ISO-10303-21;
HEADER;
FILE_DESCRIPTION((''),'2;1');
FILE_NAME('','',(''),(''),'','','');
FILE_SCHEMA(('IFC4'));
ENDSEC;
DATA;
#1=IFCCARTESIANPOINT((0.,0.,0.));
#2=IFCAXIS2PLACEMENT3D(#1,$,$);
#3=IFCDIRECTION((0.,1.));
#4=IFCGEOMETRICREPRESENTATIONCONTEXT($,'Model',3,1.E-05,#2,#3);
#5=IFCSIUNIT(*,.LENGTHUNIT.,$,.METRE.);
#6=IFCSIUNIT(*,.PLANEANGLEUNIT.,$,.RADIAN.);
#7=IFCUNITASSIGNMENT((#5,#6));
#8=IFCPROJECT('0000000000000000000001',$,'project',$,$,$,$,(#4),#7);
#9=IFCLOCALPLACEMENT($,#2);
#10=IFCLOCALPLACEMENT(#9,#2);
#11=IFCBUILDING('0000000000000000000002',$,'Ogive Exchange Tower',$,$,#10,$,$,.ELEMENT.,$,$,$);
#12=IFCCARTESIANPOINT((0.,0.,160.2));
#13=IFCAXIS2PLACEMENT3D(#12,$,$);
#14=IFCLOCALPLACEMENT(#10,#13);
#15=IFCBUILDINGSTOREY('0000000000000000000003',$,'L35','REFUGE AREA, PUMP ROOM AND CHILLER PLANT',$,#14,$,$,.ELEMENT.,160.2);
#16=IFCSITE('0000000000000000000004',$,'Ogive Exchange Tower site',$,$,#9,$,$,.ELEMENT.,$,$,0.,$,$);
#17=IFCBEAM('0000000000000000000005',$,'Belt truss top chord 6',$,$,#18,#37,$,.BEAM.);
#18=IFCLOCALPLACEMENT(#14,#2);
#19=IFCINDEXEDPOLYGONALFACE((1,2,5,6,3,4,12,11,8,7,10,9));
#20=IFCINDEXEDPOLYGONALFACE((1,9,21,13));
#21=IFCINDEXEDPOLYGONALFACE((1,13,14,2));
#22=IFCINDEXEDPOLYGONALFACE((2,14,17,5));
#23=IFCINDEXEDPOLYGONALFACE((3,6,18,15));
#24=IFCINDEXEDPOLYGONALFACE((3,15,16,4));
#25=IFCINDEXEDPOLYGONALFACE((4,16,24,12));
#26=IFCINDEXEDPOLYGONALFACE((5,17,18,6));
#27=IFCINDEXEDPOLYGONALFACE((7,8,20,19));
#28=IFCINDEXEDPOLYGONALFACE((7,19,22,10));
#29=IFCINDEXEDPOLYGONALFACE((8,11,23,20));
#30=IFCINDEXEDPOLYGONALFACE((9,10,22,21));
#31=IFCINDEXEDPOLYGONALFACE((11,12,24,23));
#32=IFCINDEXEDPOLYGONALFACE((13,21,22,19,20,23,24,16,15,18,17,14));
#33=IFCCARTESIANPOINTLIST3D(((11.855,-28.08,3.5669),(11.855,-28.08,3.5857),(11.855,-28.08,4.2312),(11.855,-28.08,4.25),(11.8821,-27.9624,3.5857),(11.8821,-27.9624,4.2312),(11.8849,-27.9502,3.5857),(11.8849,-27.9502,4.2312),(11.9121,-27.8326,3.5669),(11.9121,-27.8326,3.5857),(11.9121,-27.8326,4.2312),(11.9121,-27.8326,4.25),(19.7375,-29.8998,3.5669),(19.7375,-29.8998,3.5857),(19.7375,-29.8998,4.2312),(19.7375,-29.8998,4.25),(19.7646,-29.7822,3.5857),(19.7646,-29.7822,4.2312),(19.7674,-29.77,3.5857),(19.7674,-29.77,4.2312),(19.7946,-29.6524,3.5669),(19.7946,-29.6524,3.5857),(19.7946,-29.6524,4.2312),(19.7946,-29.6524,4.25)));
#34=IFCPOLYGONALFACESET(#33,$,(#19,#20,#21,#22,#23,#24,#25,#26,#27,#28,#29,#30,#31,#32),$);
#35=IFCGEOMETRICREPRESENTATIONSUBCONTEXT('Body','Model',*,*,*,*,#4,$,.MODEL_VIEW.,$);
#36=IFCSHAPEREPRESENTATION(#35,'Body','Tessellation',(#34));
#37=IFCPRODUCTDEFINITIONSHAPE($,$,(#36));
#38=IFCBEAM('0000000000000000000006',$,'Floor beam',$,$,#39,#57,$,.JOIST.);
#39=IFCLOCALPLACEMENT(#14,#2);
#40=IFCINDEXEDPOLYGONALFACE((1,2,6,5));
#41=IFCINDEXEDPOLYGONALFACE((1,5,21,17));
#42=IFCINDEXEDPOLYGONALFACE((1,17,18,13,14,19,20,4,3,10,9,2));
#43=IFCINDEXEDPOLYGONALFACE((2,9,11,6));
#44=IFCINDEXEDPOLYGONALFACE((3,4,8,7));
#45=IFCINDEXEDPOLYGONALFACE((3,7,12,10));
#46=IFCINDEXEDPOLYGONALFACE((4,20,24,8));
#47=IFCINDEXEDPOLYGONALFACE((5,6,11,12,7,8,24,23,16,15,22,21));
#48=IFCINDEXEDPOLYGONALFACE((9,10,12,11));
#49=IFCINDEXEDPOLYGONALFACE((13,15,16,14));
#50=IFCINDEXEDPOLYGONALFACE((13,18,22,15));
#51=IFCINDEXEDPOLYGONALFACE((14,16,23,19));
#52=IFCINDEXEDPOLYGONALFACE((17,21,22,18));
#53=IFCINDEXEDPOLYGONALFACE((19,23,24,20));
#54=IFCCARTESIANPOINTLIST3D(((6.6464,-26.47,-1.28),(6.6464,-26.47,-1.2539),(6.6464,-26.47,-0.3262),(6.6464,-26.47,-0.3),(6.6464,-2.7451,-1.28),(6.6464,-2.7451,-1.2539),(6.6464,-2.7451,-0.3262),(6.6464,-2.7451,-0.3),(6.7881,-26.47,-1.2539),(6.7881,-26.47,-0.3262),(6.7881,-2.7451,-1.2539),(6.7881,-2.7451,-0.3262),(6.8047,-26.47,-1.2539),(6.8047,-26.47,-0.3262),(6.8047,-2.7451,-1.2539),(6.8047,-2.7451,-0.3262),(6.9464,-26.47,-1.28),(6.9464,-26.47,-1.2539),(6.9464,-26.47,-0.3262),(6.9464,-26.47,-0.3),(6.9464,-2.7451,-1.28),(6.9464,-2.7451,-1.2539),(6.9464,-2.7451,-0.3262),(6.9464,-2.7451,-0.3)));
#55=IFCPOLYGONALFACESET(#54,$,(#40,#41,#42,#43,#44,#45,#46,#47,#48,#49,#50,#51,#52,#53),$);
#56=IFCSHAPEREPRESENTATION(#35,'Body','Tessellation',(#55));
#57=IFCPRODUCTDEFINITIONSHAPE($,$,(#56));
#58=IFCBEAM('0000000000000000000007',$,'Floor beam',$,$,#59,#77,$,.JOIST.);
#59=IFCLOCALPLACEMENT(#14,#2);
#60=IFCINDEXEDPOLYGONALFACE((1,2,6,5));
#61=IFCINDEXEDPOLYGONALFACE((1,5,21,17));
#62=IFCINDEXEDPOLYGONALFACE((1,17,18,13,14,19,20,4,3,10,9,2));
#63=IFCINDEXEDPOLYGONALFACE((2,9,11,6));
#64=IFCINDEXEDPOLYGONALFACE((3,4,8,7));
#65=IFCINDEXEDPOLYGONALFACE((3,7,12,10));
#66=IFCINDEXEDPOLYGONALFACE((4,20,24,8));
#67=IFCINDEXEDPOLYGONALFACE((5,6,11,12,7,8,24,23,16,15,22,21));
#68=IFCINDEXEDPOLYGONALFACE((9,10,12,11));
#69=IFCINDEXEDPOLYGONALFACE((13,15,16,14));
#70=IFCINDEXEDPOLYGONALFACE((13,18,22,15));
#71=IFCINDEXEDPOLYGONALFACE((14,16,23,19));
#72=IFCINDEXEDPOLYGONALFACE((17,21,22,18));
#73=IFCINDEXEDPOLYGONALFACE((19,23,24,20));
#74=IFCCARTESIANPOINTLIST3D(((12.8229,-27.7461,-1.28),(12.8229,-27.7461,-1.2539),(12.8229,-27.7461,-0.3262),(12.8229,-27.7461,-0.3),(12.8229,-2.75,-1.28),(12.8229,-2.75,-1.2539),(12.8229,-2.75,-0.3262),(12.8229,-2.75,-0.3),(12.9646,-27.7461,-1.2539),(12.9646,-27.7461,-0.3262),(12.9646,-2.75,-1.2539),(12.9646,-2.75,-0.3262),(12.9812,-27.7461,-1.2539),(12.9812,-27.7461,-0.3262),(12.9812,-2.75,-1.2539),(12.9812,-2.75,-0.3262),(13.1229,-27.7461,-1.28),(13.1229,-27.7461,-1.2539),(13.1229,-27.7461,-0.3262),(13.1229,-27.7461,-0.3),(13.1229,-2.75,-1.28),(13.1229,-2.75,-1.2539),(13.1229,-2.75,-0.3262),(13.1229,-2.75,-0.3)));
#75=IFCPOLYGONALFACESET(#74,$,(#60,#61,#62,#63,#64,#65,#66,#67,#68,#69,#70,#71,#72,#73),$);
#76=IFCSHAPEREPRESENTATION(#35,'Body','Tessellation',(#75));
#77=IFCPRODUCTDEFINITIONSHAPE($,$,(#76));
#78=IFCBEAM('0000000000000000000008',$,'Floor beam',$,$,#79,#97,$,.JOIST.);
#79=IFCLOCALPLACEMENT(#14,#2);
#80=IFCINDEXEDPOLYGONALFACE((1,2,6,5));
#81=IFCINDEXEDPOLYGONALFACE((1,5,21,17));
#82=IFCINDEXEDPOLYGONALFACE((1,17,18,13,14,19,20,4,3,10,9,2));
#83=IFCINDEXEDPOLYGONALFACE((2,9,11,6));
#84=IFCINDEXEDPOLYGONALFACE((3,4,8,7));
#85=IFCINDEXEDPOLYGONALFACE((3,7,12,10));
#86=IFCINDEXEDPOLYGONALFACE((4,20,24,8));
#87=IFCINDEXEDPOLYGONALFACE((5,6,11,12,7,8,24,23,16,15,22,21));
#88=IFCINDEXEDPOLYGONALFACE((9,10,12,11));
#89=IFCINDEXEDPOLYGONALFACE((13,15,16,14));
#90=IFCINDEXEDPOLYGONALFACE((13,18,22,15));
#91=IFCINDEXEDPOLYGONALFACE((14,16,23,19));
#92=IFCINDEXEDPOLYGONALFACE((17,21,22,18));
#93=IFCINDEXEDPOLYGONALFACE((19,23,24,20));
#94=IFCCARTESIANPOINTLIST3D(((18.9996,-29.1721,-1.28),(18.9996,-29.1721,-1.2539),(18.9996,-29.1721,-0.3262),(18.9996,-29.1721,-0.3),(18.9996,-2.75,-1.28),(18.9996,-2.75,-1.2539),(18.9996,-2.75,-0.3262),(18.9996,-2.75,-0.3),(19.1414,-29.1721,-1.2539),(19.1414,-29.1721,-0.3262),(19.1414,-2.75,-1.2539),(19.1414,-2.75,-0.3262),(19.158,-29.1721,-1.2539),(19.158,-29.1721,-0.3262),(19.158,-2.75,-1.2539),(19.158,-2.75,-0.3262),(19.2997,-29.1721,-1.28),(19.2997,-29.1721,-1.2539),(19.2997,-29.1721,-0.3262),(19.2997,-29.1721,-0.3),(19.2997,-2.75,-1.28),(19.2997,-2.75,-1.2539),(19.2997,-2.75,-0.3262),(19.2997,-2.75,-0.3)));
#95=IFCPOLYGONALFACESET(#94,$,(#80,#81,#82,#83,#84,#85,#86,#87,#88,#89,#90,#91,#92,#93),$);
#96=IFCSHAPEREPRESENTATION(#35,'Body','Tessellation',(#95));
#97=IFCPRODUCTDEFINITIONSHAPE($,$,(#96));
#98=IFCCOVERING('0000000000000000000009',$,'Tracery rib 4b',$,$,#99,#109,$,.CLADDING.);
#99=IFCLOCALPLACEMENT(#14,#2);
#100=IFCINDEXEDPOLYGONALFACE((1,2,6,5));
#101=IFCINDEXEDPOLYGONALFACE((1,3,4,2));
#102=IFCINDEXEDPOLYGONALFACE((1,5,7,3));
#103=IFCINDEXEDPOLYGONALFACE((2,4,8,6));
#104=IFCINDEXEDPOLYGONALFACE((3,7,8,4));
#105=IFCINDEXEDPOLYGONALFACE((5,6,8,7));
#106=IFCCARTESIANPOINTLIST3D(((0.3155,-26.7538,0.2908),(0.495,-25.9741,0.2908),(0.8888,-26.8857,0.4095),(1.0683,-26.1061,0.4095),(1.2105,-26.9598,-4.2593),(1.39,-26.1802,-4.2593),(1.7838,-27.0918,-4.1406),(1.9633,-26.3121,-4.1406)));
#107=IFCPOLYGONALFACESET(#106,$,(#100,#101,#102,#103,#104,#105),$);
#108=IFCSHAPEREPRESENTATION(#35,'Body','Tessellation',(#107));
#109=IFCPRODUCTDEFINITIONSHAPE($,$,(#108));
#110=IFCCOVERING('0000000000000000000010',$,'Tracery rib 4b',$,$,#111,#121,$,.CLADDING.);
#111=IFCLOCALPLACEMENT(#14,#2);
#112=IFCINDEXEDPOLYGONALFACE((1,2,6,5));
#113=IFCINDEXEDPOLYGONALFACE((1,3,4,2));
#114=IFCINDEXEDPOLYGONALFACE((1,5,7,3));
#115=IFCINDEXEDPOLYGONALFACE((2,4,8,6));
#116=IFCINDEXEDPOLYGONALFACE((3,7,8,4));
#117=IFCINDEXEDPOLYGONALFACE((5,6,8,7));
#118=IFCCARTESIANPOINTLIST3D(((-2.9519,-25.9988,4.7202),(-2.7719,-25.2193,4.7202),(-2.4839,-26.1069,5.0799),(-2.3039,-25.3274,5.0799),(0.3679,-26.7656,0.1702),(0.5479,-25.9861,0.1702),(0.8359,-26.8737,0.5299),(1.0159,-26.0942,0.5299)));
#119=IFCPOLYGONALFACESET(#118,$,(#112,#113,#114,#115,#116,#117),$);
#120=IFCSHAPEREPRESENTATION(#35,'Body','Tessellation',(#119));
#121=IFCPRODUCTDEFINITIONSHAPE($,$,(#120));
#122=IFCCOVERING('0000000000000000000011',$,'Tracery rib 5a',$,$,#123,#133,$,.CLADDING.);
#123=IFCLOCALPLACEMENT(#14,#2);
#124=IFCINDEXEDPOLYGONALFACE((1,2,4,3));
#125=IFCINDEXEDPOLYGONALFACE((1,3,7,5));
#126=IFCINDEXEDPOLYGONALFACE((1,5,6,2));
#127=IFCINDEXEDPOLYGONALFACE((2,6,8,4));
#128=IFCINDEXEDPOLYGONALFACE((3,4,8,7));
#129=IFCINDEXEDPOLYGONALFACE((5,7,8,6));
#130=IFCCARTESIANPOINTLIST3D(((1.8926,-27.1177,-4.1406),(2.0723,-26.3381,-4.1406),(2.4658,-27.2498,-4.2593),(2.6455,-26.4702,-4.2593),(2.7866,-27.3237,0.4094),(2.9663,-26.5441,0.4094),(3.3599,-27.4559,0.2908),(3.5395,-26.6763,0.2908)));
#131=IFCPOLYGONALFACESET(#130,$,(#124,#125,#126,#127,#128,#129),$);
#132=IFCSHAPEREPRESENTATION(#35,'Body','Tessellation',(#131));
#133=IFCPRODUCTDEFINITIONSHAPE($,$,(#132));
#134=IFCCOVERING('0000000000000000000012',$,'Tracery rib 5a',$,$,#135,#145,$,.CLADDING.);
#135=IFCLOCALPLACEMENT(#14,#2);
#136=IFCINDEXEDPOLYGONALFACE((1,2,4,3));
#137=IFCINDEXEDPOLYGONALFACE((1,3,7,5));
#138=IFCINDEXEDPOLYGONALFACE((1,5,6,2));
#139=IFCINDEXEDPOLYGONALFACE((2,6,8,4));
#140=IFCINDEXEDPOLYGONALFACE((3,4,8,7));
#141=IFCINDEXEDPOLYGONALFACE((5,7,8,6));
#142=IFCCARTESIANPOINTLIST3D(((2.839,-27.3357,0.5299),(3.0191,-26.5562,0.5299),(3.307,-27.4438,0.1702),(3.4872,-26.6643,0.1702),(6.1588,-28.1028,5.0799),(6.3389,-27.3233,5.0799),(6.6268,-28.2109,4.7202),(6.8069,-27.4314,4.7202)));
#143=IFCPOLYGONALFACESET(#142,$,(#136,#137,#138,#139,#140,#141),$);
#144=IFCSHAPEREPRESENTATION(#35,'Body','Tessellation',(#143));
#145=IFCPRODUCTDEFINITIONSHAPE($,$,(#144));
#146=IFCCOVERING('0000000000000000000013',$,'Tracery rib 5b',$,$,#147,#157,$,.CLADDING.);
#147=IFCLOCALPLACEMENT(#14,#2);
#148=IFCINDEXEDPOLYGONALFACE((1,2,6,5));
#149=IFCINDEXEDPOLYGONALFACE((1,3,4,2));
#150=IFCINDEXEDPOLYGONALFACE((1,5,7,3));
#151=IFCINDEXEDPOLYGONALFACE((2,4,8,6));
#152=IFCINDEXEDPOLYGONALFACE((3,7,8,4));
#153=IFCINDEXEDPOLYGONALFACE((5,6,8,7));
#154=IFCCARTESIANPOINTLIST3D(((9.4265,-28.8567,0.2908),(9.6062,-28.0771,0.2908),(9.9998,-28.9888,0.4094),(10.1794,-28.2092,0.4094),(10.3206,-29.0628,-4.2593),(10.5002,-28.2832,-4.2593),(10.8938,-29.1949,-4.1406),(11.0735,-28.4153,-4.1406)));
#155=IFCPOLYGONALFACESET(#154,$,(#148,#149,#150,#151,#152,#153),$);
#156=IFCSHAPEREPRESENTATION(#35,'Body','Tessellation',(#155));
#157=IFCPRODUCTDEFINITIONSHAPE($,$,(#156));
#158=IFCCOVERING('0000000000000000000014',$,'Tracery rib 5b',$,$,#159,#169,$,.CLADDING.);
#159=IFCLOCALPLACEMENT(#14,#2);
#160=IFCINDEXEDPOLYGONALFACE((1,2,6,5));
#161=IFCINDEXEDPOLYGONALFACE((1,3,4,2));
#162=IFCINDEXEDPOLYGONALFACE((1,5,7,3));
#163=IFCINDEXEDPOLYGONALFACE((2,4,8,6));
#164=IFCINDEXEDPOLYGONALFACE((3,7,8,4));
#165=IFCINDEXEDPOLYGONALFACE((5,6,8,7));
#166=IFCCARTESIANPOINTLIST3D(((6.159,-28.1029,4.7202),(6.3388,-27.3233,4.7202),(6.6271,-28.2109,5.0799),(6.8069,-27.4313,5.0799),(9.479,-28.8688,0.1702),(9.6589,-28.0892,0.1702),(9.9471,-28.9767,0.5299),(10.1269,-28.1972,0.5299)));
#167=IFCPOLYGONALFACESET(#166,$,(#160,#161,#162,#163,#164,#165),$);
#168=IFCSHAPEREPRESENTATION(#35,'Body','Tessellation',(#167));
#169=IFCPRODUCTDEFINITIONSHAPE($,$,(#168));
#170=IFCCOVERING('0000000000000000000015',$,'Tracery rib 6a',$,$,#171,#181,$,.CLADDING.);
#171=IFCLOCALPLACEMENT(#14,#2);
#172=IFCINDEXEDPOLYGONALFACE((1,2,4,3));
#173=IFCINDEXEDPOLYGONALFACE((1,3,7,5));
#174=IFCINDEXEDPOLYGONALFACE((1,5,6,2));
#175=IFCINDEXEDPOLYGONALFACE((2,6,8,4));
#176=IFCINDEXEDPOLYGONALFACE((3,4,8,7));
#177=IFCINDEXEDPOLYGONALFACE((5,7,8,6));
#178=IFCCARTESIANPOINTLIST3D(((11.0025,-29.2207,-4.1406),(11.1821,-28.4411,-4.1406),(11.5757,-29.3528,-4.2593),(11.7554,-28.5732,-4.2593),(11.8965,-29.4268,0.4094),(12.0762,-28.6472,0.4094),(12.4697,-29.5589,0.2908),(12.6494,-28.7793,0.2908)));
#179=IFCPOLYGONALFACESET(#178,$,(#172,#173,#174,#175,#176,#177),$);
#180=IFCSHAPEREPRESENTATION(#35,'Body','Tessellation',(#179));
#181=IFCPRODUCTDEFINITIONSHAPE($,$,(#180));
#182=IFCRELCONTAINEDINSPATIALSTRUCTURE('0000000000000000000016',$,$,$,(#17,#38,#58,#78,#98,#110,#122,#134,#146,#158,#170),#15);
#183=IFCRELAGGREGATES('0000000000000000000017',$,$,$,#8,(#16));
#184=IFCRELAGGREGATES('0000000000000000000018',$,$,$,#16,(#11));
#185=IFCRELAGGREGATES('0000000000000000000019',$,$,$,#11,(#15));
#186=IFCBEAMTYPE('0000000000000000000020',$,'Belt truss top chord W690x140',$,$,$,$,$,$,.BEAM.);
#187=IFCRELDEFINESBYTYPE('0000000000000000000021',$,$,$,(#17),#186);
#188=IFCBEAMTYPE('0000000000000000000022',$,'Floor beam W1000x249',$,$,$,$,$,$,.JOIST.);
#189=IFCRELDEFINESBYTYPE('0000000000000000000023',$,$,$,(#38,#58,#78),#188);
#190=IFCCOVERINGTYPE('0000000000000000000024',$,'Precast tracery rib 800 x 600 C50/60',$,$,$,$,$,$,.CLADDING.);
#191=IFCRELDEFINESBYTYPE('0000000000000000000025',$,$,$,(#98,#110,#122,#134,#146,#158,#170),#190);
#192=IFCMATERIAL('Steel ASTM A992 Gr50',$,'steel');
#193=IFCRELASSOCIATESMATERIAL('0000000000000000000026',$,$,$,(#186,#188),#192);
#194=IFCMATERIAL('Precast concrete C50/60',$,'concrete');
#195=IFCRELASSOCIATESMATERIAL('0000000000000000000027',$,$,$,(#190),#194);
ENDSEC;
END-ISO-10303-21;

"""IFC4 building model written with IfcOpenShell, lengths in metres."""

from ifc_helpers import new_model, si_unit, direction, frame, origin, origin_2d, place, context, subcontext, project, spatial, rectangle, i_section, extrude, material, material_profile, profile_set, type_object, element, save


model = new_model("IFC4")

# Units and contexts
model_context = context("Model", 3, precision=1e-05, world=origin(), true_north=direction((0.0, 1.0)))
body_context = subcontext(model_context, "Body", "Model", "MODEL_VIEW")
ifc_project = project(units=[si_unit("LENGTHUNIT", "METRE"), si_unit("PLANEANGLEUNIT", "RADIAN")], contexts=[model_context])

# Site, building, storey
site_placement = place(None, origin())
site = spatial("IfcSite", under=ifc_project, at=site_placement, Name="Ogive Exchange Tower site", CompositionType="ELEMENT", RefElevation=0.0)
building_placement = place(site_placement, origin())
building = spatial("IfcBuilding", under=site, at=building_placement, Name="Ogive Exchange Tower", CompositionType="ELEMENT")
storey_placement = place(building_placement, frame((0.0, 0.0, 160.2)))
storey = spatial("IfcBuildingStorey", under=building, at=storey_placement, Name="L35", Description="REFUGE AREA, PUMP ROOM AND CHILLER PLANT", CompositionType="ELEMENT", Elevation=160.2)

# Shared definitions
ifc_material_1 = material(Name="Steel ASTM A992 Gr50", Category="steel")

# Beams
ifc_material_profile_1 = material_profile(ifc_material_1, i_section(OverallWidth=0.2539, OverallDepth=0.6831, WebThickness=0.0125, FlangeThickness=0.0188, at=origin_2d()), Name="W690x140")
ifc_profile_set_1 = profile_set([ifc_material_profile_1], Name="Steel ASTM A992 Gr50")
beam_type_1 = type_object("IfcBeamType", Name="Belt truss top chord W690x140", PredefinedType="BEAM", material=ifc_profile_set_1)
beam_1_placement = place(storey_placement, frame((11.8835, -27.9563, 3.9084), z_axis=(0.97437, -0.22495, 0.0), x_axis=(0.22495, 0.97437, 0.0)))
element("IfcBeam", 1, at=beam_1_placement, inside=storey, type_object=beam_type_1, Name="Belt truss top chord 6", PredefinedType="BEAM", context=body_context, shape_type="SweptSolid", body=[
    extrude(i_section(OverallWidth=0.2539, OverallDepth=0.6831, WebThickness=0.0125, FlangeThickness=0.0188, at=origin_2d()), origin(), (0.0, 0.0, 1.0), 8.0898),
])
ifc_material_profile_2 = material_profile(ifc_material_1, i_section(OverallWidth=0.3, OverallDepth=0.98, WebThickness=0.0166, FlangeThickness=0.0261, at=origin_2d()), Name="W1000x249")
ifc_profile_set_2 = profile_set([ifc_material_profile_2], Name="Steel ASTM A992 Gr50")
beam_type_2 = type_object("IfcBeamType", Name="Floor beam W1000x249", PredefinedType="JOIST", material=ifc_profile_set_2)
beam_2_placement = place(storey_placement, frame((6.7964, -26.47, -0.79), z_axis=(0.0, 1.0, 0.0), x_axis=(-1.0, 0.0, 0.0)))
element("IfcBeam", 2, at=beam_2_placement, inside=storey, type_object=beam_type_2, Name="Floor beam", PredefinedType="JOIST", context=body_context, shape_type="SweptSolid", body=[
    extrude(i_section(OverallWidth=0.3, OverallDepth=0.98, WebThickness=0.0166, FlangeThickness=0.0261, at=origin_2d()), origin(), (0.0, 0.0, 1.0), 23.7249),
])
beam_3_placement = place(storey_placement, frame((12.9729, -27.7461, -0.79), z_axis=(0.0, 1.0, 0.0), x_axis=(-1.0, 0.0, 0.0)))
element("IfcBeam", 3, at=beam_3_placement, inside=storey, type_object=beam_type_2, Name="Floor beam", PredefinedType="JOIST", context=body_context, shape_type="SweptSolid", body=[
    extrude(i_section(OverallWidth=0.3, OverallDepth=0.98, WebThickness=0.0166, FlangeThickness=0.0261, at=origin_2d()), origin(), (0.0, 0.0, 1.0), 24.9961),
])
beam_4_placement = place(storey_placement, frame((19.1497, -29.1721, -0.79), z_axis=(0.0, 1.0, 0.0), x_axis=(-1.0, 0.0, 0.0)))
element("IfcBeam", 4, at=beam_4_placement, inside=storey, type_object=beam_type_2, Name="Floor beam", PredefinedType="JOIST", context=body_context, shape_type="SweptSolid", body=[
    extrude(i_section(OverallWidth=0.3, OverallDepth=0.98, WebThickness=0.0166, FlangeThickness=0.0261, at=origin_2d()), origin(), (0.0, 0.0, 1.0), 26.4221),
])

# Coverings
ifc_material_2 = material(Name="Precast concrete C50/60", Category="concrete")
ifc_material_profile_3 = material_profile(ifc_material_2, rectangle(XDim=0.8, YDim=0.6001, at=origin_2d()), Name="RIB 800 x 600")
ifc_profile_set_3 = profile_set([ifc_material_profile_3], Name="Precast concrete C50/60")
covering_type = type_object("IfcCoveringType", Name="Precast tracery rib 800 x 600 C50/60", PredefinedType="CLADDING", material=ifc_profile_set_3)
covering_1_placement = place(storey_placement, frame((1.5869, -26.636, -4.2), z_axis=(-0.192817, 0.044391, 0.98023), x_axis=(-0.224355, -0.974508, 0.0)))
element("IfcCovering", 5, at=covering_1_placement, inside=storey, type_object=covering_type, Name="Tracery rib 4b", PredefinedType="CLADDING", context=body_context, shape_type="SweptSolid", body=[
    extrude(rectangle(XDim=0.8, YDim=0.6001, at=origin_2d()), origin(), (0.0, 0.0, 1.0), 4.6418),
])
covering_2_placement = place(storey_placement, frame((0.6919, -26.4299, 0.3501), z_axis=(-0.584025, 0.134904, 0.800447), x_axis=(-0.225064, -0.974344, 0.0)))
element("IfcCovering", 6, at=covering_2_placement, inside=storey, type_object=covering_type, Name="Tracery rib 4b", PredefinedType="CLADDING", context=body_context, shape_type="SweptSolid", body=[
    extrude(rectangle(XDim=0.8, YDim=0.6001, at=origin_2d()), origin(), (0.0, 0.0, 1.0), 5.6843),
])
covering_3_placement = place(storey_placement, frame((2.269, -26.7939, -4.2), z_axis=(0.192614, -0.044393, 0.98027), x_axis=(0.224587, 0.974454, 0.0)))
element("IfcCovering", 7, at=covering_3_placement, inside=storey, type_object=covering_type, Name="Tracery rib 5a", PredefinedType="CLADDING", context=body_context, shape_type="SweptSolid", body=[
    extrude(rectangle(XDim=0.8, YDim=0.6001, at=origin_2d()), origin(), (0.0, 0.0, 1.0), 4.6416),
])
covering_4_placement = place(storey_placement, frame((3.1631, -27.0, 0.3501), z_axis=(0.584022, -0.134946, 0.800442), x_axis=(0.225132, 0.974328, 0.0)))
element("IfcCovering", 8, at=covering_4_placement, inside=storey, type_object=covering_type, Name="Tracery rib 5a", PredefinedType="CLADDING", context=body_context, shape_type="SweptSolid", body=[
    extrude(rectangle(XDim=0.8, YDim=0.6001, at=origin_2d()), origin(), (0.0, 0.0, 1.0), 5.6843),
])
covering_5_placement = place(storey_placement, frame((10.697, -28.739, -4.2), z_axis=(-0.192614, 0.044393, 0.98027), x_axis=(-0.224587, -0.974454, 0.0)))
element("IfcCovering", 9, at=covering_5_placement, inside=storey, type_object=covering_type, Name="Tracery rib 5b", PredefinedType="CLADDING", context=body_context, shape_type="SweptSolid", body=[
    extrude(rectangle(XDim=0.8, YDim=0.6001, at=origin_2d()), origin(), (0.0, 0.0, 1.0), 4.6416),
])
covering_6_placement = place(storey_placement, frame((9.803, -28.533, 0.3501), z_axis=(-0.584067, 0.134732, 0.800445), x_axis=(-0.224776, -0.974411, 0.0)))
element("IfcCovering", 10, at=covering_6_placement, inside=storey, type_object=covering_type, Name="Tracery rib 5b", PredefinedType="CLADDING", context=body_context, shape_type="SweptSolid", body=[
    extrude(rectangle(XDim=0.8, YDim=0.6001, at=origin_2d()), origin(), (0.0, 0.0, 1.0), 5.6843),
])
covering_7_placement = place(storey_placement, frame((11.3789, -28.897, -4.2), z_axis=(0.192614, -0.044393, 0.98027), x_axis=(0.224587, 0.974454, 0.0)))
element("IfcCovering", 11, at=covering_7_placement, inside=storey, type_object=covering_type, Name="Tracery rib 6a", PredefinedType="CLADDING", context=body_context, shape_type="SweptSolid", body=[
    extrude(rectangle(XDim=0.8, YDim=0.6001, at=origin_2d()), origin(), (0.0, 0.0, 1.0), 4.6416),
])

save(model, "model.ifc")
